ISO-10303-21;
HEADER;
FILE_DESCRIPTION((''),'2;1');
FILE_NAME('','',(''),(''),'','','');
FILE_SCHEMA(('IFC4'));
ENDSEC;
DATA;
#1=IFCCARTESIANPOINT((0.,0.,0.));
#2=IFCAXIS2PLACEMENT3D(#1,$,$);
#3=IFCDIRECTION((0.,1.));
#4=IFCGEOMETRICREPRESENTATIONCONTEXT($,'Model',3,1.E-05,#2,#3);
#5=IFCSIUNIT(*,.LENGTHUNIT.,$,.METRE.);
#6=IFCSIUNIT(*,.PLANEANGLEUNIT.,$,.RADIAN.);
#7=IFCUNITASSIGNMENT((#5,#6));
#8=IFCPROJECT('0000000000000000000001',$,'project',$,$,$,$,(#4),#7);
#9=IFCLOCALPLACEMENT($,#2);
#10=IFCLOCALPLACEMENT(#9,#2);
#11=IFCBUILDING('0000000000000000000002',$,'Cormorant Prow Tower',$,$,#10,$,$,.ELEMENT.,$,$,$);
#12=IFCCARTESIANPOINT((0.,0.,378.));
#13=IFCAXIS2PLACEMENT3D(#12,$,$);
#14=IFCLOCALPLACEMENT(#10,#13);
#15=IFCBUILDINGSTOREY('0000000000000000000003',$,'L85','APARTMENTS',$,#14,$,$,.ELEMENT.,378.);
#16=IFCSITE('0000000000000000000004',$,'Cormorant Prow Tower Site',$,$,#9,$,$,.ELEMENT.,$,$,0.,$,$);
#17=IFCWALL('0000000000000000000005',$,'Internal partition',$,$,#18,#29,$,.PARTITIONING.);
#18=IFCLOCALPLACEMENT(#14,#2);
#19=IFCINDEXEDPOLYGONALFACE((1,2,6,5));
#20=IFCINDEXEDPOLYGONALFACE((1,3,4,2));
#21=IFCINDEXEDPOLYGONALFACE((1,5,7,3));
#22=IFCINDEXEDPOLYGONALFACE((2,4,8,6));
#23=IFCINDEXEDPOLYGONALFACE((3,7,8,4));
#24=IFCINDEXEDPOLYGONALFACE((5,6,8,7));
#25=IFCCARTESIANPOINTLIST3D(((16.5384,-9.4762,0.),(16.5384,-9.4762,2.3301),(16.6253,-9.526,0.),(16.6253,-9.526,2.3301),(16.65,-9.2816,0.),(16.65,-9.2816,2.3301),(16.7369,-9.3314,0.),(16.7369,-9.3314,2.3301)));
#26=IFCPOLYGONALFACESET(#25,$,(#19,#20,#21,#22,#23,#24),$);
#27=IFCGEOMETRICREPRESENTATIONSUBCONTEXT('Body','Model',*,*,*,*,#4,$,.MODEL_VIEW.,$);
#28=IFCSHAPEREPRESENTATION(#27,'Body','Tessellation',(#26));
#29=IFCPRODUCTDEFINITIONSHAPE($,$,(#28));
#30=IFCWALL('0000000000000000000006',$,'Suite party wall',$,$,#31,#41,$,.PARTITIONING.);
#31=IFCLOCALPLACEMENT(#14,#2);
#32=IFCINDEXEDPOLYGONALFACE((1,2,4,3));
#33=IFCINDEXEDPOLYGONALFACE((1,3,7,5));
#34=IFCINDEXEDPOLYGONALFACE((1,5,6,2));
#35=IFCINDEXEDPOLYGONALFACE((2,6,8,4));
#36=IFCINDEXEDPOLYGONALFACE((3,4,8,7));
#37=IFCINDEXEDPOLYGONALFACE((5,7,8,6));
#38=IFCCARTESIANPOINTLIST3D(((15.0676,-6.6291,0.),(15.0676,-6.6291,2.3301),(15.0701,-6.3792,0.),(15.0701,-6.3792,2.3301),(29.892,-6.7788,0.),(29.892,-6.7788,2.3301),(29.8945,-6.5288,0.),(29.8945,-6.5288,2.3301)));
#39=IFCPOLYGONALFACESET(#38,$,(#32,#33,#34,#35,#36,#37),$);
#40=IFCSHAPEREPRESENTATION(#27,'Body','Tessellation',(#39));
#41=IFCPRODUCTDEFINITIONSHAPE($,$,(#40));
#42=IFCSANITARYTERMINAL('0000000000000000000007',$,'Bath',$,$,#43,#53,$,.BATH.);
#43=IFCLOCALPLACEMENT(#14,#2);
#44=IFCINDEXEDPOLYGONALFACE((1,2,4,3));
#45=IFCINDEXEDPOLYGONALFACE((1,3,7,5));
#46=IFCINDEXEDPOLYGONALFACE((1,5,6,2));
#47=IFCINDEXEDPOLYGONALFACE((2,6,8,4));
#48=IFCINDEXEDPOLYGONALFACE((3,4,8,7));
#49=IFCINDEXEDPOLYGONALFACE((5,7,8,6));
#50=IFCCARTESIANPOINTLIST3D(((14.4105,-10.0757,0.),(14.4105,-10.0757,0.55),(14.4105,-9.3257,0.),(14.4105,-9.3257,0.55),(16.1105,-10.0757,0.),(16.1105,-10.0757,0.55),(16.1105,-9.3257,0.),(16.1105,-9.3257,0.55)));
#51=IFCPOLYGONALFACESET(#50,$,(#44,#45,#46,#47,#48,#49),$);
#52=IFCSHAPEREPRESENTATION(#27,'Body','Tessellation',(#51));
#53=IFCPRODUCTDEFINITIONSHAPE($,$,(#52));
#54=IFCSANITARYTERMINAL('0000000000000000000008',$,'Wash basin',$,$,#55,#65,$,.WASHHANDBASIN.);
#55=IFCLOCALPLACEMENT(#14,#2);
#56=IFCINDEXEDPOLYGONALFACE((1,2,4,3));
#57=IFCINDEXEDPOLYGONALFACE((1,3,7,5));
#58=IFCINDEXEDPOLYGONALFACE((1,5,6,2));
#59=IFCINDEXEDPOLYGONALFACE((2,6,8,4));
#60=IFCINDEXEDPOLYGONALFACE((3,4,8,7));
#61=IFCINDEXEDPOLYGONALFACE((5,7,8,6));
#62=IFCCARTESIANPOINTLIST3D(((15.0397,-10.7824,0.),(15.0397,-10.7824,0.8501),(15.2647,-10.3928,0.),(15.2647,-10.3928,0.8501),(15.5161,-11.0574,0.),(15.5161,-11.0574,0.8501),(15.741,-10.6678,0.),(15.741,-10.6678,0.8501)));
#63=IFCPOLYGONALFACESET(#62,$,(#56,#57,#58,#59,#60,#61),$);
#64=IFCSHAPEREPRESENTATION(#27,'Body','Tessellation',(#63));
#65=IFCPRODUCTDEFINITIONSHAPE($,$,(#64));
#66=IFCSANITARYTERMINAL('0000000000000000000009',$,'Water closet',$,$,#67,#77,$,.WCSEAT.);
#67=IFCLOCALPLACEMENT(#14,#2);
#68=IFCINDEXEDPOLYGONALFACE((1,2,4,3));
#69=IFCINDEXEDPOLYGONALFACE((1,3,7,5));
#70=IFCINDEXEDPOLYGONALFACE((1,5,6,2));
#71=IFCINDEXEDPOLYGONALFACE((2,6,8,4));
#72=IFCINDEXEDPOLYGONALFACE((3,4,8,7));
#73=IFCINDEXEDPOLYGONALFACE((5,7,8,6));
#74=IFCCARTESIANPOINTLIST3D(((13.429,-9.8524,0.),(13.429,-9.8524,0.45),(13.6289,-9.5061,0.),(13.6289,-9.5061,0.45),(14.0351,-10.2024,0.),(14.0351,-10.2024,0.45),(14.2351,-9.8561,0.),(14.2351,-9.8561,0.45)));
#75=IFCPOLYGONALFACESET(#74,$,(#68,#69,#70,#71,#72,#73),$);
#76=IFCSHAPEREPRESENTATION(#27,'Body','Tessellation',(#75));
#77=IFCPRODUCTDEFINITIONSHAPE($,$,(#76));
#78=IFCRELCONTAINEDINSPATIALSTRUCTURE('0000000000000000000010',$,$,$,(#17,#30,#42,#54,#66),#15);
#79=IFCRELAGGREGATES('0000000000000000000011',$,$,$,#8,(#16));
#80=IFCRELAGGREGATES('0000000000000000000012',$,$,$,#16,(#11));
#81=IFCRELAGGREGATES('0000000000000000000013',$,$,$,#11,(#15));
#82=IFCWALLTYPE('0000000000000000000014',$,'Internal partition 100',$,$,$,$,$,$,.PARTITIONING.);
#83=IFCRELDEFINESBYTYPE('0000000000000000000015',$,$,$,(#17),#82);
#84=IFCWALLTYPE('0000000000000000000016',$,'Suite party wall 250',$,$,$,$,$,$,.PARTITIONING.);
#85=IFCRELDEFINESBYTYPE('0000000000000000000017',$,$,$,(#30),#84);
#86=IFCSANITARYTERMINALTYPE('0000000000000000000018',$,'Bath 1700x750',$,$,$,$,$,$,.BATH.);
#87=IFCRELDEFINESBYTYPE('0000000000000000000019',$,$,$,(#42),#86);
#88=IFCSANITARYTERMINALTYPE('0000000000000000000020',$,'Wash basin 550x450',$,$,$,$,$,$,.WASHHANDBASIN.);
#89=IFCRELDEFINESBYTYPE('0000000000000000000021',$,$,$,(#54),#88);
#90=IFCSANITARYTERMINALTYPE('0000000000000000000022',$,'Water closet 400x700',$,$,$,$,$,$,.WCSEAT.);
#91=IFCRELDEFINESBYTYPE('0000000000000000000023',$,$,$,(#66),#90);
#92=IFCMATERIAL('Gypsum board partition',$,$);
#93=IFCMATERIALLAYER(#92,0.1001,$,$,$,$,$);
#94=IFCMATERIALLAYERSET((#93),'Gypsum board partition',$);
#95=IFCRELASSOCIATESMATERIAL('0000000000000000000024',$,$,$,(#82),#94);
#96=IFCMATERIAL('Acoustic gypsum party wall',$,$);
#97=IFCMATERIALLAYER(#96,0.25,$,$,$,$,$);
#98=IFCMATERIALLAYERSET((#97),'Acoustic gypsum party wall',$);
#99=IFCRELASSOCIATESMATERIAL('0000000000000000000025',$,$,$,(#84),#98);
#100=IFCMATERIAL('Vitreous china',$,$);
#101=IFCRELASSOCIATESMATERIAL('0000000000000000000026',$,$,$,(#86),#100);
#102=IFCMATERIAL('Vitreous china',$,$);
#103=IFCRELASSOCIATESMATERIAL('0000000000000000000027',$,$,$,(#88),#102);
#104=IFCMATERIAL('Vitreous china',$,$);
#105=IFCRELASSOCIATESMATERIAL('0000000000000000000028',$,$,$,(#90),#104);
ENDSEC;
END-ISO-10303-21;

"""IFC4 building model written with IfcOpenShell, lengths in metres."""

from ifc_helpers import new_model, si_unit, direction, frame, frame_2d, origin, origin_2d, place, context, subcontext, project, spatial, rectangle, extrude, material, layer, layer_set, type_object, element, save


model = new_model("IFC4")

# Units and contexts
model_context = context("Model", 3, precision=1e-05, world=origin(), true_north=direction((0.0, 1.0)))
body_context = subcontext(model_context, "Body", "Model", "MODEL_VIEW")
ifc_project = project(units=[si_unit("LENGTHUNIT", "METRE"), si_unit("PLANEANGLEUNIT", "RADIAN")], contexts=[model_context])

# Site, building, storey
site_placement = place(None, origin())
site = spatial("IfcSite", under=ifc_project, at=site_placement, Name="Cormorant Prow Tower Site", CompositionType="ELEMENT", RefElevation=0.0)
building_placement = place(site_placement, origin())
building = spatial("IfcBuilding", under=site, at=building_placement, Name="Cormorant Prow Tower", CompositionType="ELEMENT")
storey_placement = place(building_placement, frame((0.0, 0.0, 378.0)))
storey = spatial("IfcBuildingStorey", under=building, at=storey_placement, Name="L85", Description="APARTMENTS", CompositionType="ELEMENT", Elevation=378.0)

# Shared definitions
ifc_material_1 = material(Name="Gypsum board partition")
ifc_layer_1 = layer(ifc_material_1, 0.1001)
ifc_layer_set_1 = layer_set([ifc_layer_1], Name="Gypsum board partition")
wall_type_1 = type_object("IfcWallType", Name="Internal partition 100", PredefinedType="PARTITIONING", material=ifc_layer_set_1)

# Walls
wall_1_placement = place(storey_placement, frame((16.5818, -9.5012, 0.0), z_axis=(0.0, 0.0, 1.0), x_axis=(0.497428, 0.867505, 0.0)))
element("IfcWall", 1, at=wall_1_placement, inside=storey, type_object=wall_type_1, Name="Internal partition", PredefinedType="PARTITIONING", context=body_context, shape_type="SweptSolid", body=[
    extrude(rectangle(XDim=0.2244, YDim=0.1001, at=frame_2d((0.1123, 0.0))), origin(), (0.0, 0.0, 1.0), 2.3301),
])
ifc_material_2 = material(Name="Acoustic gypsum party wall")
ifc_layer_2 = layer(ifc_material_2, 0.25)
ifc_layer_set_2 = layer_set([ifc_layer_2], Name="Acoustic gypsum party wall")
wall_type_2 = type_object("IfcWallType", Name="Suite party wall 250", PredefinedType="PARTITIONING", material=ifc_layer_set_2)
wall_2_placement = place(storey_placement, frame((15.0688, -6.5042, 0.0), z_axis=(0.0, 0.0, 1.0), x_axis=(0.999949, -0.010095, 0.0)))
element("IfcWall", 2, at=wall_2_placement, inside=storey, type_object=wall_type_2, Name="Suite party wall", PredefinedType="PARTITIONING", context=body_context, shape_type="SweptSolid", body=[
    extrude(rectangle(XDim=14.8252, YDim=0.25, at=frame_2d((7.4126, 0.0))), origin(), (0.0, 0.0, 1.0), 2.3301),
])

# Sanitary terminals
ifc_material_3 = material(Name="Vitreous china")
sanitary_terminal_type_1 = type_object("IfcSanitaryTerminalType", Name="Bath 1700x750", PredefinedType="BATH", material=ifc_material_3)
sanitary_terminal_1_placement = place(storey_placement, frame((15.2605, -9.7007, 0.0), z_axis=(0.0, 0.0, 1.0), x_axis=(1.0, 0.0, 0.0)))
element("IfcSanitaryTerminal", 3, at=sanitary_terminal_1_placement, inside=storey, type_object=sanitary_terminal_type_1, Name="Bath", PredefinedType="BATH", context=body_context, shape_type="SweptSolid", body=[
    extrude(rectangle(XDim=1.7, YDim=0.75, at=origin_2d()), origin(), (0.0, 0.0, 1.0), 0.55),
])
ifc_material_4 = material(Name="Vitreous china")
sanitary_terminal_type_2 = type_object("IfcSanitaryTerminalType", Name="Wash basin 550x450", PredefinedType="WASHHANDBASIN", material=ifc_material_4)
sanitary_terminal_2_placement = place(storey_placement, frame((15.3904, -10.7251, 0.0), z_axis=(0.0, 0.0, 1.0), x_axis=(-0.866025, 0.5, 0.0)))
element("IfcSanitaryTerminal", 4, at=sanitary_terminal_2_placement, inside=storey, type_object=sanitary_terminal_type_2, Name="Wash basin", PredefinedType="WASHHANDBASIN", context=body_context, shape_type="SweptSolid", body=[
    extrude(rectangle(XDim=0.55, YDim=0.45, at=origin_2d()), origin(), (0.0, 0.0, 1.0), 0.8501),
])
ifc_material_5 = material(Name="Vitreous china")
sanitary_terminal_type_3 = type_object("IfcSanitaryTerminalType", Name="Water closet 400x700", PredefinedType="WCSEAT", material=ifc_material_5)
sanitary_terminal_3_placement = place(storey_placement, frame((13.832, -9.8542, 0.0), z_axis=(0.0, 0.0, 1.0), x_axis=(0.5, 0.866025, 0.0)))
element("IfcSanitaryTerminal", 5, at=sanitary_terminal_3_placement, inside=storey, type_object=sanitary_terminal_type_3, Name="Water closet", PredefinedType="WCSEAT", context=body_context, shape_type="SweptSolid", body=[
    extrude(rectangle(XDim=0.3999, YDim=0.7, at=origin_2d()), origin(), (0.0, 0.0, 1.0), 0.45),
])

save(model, "model.ifc")
